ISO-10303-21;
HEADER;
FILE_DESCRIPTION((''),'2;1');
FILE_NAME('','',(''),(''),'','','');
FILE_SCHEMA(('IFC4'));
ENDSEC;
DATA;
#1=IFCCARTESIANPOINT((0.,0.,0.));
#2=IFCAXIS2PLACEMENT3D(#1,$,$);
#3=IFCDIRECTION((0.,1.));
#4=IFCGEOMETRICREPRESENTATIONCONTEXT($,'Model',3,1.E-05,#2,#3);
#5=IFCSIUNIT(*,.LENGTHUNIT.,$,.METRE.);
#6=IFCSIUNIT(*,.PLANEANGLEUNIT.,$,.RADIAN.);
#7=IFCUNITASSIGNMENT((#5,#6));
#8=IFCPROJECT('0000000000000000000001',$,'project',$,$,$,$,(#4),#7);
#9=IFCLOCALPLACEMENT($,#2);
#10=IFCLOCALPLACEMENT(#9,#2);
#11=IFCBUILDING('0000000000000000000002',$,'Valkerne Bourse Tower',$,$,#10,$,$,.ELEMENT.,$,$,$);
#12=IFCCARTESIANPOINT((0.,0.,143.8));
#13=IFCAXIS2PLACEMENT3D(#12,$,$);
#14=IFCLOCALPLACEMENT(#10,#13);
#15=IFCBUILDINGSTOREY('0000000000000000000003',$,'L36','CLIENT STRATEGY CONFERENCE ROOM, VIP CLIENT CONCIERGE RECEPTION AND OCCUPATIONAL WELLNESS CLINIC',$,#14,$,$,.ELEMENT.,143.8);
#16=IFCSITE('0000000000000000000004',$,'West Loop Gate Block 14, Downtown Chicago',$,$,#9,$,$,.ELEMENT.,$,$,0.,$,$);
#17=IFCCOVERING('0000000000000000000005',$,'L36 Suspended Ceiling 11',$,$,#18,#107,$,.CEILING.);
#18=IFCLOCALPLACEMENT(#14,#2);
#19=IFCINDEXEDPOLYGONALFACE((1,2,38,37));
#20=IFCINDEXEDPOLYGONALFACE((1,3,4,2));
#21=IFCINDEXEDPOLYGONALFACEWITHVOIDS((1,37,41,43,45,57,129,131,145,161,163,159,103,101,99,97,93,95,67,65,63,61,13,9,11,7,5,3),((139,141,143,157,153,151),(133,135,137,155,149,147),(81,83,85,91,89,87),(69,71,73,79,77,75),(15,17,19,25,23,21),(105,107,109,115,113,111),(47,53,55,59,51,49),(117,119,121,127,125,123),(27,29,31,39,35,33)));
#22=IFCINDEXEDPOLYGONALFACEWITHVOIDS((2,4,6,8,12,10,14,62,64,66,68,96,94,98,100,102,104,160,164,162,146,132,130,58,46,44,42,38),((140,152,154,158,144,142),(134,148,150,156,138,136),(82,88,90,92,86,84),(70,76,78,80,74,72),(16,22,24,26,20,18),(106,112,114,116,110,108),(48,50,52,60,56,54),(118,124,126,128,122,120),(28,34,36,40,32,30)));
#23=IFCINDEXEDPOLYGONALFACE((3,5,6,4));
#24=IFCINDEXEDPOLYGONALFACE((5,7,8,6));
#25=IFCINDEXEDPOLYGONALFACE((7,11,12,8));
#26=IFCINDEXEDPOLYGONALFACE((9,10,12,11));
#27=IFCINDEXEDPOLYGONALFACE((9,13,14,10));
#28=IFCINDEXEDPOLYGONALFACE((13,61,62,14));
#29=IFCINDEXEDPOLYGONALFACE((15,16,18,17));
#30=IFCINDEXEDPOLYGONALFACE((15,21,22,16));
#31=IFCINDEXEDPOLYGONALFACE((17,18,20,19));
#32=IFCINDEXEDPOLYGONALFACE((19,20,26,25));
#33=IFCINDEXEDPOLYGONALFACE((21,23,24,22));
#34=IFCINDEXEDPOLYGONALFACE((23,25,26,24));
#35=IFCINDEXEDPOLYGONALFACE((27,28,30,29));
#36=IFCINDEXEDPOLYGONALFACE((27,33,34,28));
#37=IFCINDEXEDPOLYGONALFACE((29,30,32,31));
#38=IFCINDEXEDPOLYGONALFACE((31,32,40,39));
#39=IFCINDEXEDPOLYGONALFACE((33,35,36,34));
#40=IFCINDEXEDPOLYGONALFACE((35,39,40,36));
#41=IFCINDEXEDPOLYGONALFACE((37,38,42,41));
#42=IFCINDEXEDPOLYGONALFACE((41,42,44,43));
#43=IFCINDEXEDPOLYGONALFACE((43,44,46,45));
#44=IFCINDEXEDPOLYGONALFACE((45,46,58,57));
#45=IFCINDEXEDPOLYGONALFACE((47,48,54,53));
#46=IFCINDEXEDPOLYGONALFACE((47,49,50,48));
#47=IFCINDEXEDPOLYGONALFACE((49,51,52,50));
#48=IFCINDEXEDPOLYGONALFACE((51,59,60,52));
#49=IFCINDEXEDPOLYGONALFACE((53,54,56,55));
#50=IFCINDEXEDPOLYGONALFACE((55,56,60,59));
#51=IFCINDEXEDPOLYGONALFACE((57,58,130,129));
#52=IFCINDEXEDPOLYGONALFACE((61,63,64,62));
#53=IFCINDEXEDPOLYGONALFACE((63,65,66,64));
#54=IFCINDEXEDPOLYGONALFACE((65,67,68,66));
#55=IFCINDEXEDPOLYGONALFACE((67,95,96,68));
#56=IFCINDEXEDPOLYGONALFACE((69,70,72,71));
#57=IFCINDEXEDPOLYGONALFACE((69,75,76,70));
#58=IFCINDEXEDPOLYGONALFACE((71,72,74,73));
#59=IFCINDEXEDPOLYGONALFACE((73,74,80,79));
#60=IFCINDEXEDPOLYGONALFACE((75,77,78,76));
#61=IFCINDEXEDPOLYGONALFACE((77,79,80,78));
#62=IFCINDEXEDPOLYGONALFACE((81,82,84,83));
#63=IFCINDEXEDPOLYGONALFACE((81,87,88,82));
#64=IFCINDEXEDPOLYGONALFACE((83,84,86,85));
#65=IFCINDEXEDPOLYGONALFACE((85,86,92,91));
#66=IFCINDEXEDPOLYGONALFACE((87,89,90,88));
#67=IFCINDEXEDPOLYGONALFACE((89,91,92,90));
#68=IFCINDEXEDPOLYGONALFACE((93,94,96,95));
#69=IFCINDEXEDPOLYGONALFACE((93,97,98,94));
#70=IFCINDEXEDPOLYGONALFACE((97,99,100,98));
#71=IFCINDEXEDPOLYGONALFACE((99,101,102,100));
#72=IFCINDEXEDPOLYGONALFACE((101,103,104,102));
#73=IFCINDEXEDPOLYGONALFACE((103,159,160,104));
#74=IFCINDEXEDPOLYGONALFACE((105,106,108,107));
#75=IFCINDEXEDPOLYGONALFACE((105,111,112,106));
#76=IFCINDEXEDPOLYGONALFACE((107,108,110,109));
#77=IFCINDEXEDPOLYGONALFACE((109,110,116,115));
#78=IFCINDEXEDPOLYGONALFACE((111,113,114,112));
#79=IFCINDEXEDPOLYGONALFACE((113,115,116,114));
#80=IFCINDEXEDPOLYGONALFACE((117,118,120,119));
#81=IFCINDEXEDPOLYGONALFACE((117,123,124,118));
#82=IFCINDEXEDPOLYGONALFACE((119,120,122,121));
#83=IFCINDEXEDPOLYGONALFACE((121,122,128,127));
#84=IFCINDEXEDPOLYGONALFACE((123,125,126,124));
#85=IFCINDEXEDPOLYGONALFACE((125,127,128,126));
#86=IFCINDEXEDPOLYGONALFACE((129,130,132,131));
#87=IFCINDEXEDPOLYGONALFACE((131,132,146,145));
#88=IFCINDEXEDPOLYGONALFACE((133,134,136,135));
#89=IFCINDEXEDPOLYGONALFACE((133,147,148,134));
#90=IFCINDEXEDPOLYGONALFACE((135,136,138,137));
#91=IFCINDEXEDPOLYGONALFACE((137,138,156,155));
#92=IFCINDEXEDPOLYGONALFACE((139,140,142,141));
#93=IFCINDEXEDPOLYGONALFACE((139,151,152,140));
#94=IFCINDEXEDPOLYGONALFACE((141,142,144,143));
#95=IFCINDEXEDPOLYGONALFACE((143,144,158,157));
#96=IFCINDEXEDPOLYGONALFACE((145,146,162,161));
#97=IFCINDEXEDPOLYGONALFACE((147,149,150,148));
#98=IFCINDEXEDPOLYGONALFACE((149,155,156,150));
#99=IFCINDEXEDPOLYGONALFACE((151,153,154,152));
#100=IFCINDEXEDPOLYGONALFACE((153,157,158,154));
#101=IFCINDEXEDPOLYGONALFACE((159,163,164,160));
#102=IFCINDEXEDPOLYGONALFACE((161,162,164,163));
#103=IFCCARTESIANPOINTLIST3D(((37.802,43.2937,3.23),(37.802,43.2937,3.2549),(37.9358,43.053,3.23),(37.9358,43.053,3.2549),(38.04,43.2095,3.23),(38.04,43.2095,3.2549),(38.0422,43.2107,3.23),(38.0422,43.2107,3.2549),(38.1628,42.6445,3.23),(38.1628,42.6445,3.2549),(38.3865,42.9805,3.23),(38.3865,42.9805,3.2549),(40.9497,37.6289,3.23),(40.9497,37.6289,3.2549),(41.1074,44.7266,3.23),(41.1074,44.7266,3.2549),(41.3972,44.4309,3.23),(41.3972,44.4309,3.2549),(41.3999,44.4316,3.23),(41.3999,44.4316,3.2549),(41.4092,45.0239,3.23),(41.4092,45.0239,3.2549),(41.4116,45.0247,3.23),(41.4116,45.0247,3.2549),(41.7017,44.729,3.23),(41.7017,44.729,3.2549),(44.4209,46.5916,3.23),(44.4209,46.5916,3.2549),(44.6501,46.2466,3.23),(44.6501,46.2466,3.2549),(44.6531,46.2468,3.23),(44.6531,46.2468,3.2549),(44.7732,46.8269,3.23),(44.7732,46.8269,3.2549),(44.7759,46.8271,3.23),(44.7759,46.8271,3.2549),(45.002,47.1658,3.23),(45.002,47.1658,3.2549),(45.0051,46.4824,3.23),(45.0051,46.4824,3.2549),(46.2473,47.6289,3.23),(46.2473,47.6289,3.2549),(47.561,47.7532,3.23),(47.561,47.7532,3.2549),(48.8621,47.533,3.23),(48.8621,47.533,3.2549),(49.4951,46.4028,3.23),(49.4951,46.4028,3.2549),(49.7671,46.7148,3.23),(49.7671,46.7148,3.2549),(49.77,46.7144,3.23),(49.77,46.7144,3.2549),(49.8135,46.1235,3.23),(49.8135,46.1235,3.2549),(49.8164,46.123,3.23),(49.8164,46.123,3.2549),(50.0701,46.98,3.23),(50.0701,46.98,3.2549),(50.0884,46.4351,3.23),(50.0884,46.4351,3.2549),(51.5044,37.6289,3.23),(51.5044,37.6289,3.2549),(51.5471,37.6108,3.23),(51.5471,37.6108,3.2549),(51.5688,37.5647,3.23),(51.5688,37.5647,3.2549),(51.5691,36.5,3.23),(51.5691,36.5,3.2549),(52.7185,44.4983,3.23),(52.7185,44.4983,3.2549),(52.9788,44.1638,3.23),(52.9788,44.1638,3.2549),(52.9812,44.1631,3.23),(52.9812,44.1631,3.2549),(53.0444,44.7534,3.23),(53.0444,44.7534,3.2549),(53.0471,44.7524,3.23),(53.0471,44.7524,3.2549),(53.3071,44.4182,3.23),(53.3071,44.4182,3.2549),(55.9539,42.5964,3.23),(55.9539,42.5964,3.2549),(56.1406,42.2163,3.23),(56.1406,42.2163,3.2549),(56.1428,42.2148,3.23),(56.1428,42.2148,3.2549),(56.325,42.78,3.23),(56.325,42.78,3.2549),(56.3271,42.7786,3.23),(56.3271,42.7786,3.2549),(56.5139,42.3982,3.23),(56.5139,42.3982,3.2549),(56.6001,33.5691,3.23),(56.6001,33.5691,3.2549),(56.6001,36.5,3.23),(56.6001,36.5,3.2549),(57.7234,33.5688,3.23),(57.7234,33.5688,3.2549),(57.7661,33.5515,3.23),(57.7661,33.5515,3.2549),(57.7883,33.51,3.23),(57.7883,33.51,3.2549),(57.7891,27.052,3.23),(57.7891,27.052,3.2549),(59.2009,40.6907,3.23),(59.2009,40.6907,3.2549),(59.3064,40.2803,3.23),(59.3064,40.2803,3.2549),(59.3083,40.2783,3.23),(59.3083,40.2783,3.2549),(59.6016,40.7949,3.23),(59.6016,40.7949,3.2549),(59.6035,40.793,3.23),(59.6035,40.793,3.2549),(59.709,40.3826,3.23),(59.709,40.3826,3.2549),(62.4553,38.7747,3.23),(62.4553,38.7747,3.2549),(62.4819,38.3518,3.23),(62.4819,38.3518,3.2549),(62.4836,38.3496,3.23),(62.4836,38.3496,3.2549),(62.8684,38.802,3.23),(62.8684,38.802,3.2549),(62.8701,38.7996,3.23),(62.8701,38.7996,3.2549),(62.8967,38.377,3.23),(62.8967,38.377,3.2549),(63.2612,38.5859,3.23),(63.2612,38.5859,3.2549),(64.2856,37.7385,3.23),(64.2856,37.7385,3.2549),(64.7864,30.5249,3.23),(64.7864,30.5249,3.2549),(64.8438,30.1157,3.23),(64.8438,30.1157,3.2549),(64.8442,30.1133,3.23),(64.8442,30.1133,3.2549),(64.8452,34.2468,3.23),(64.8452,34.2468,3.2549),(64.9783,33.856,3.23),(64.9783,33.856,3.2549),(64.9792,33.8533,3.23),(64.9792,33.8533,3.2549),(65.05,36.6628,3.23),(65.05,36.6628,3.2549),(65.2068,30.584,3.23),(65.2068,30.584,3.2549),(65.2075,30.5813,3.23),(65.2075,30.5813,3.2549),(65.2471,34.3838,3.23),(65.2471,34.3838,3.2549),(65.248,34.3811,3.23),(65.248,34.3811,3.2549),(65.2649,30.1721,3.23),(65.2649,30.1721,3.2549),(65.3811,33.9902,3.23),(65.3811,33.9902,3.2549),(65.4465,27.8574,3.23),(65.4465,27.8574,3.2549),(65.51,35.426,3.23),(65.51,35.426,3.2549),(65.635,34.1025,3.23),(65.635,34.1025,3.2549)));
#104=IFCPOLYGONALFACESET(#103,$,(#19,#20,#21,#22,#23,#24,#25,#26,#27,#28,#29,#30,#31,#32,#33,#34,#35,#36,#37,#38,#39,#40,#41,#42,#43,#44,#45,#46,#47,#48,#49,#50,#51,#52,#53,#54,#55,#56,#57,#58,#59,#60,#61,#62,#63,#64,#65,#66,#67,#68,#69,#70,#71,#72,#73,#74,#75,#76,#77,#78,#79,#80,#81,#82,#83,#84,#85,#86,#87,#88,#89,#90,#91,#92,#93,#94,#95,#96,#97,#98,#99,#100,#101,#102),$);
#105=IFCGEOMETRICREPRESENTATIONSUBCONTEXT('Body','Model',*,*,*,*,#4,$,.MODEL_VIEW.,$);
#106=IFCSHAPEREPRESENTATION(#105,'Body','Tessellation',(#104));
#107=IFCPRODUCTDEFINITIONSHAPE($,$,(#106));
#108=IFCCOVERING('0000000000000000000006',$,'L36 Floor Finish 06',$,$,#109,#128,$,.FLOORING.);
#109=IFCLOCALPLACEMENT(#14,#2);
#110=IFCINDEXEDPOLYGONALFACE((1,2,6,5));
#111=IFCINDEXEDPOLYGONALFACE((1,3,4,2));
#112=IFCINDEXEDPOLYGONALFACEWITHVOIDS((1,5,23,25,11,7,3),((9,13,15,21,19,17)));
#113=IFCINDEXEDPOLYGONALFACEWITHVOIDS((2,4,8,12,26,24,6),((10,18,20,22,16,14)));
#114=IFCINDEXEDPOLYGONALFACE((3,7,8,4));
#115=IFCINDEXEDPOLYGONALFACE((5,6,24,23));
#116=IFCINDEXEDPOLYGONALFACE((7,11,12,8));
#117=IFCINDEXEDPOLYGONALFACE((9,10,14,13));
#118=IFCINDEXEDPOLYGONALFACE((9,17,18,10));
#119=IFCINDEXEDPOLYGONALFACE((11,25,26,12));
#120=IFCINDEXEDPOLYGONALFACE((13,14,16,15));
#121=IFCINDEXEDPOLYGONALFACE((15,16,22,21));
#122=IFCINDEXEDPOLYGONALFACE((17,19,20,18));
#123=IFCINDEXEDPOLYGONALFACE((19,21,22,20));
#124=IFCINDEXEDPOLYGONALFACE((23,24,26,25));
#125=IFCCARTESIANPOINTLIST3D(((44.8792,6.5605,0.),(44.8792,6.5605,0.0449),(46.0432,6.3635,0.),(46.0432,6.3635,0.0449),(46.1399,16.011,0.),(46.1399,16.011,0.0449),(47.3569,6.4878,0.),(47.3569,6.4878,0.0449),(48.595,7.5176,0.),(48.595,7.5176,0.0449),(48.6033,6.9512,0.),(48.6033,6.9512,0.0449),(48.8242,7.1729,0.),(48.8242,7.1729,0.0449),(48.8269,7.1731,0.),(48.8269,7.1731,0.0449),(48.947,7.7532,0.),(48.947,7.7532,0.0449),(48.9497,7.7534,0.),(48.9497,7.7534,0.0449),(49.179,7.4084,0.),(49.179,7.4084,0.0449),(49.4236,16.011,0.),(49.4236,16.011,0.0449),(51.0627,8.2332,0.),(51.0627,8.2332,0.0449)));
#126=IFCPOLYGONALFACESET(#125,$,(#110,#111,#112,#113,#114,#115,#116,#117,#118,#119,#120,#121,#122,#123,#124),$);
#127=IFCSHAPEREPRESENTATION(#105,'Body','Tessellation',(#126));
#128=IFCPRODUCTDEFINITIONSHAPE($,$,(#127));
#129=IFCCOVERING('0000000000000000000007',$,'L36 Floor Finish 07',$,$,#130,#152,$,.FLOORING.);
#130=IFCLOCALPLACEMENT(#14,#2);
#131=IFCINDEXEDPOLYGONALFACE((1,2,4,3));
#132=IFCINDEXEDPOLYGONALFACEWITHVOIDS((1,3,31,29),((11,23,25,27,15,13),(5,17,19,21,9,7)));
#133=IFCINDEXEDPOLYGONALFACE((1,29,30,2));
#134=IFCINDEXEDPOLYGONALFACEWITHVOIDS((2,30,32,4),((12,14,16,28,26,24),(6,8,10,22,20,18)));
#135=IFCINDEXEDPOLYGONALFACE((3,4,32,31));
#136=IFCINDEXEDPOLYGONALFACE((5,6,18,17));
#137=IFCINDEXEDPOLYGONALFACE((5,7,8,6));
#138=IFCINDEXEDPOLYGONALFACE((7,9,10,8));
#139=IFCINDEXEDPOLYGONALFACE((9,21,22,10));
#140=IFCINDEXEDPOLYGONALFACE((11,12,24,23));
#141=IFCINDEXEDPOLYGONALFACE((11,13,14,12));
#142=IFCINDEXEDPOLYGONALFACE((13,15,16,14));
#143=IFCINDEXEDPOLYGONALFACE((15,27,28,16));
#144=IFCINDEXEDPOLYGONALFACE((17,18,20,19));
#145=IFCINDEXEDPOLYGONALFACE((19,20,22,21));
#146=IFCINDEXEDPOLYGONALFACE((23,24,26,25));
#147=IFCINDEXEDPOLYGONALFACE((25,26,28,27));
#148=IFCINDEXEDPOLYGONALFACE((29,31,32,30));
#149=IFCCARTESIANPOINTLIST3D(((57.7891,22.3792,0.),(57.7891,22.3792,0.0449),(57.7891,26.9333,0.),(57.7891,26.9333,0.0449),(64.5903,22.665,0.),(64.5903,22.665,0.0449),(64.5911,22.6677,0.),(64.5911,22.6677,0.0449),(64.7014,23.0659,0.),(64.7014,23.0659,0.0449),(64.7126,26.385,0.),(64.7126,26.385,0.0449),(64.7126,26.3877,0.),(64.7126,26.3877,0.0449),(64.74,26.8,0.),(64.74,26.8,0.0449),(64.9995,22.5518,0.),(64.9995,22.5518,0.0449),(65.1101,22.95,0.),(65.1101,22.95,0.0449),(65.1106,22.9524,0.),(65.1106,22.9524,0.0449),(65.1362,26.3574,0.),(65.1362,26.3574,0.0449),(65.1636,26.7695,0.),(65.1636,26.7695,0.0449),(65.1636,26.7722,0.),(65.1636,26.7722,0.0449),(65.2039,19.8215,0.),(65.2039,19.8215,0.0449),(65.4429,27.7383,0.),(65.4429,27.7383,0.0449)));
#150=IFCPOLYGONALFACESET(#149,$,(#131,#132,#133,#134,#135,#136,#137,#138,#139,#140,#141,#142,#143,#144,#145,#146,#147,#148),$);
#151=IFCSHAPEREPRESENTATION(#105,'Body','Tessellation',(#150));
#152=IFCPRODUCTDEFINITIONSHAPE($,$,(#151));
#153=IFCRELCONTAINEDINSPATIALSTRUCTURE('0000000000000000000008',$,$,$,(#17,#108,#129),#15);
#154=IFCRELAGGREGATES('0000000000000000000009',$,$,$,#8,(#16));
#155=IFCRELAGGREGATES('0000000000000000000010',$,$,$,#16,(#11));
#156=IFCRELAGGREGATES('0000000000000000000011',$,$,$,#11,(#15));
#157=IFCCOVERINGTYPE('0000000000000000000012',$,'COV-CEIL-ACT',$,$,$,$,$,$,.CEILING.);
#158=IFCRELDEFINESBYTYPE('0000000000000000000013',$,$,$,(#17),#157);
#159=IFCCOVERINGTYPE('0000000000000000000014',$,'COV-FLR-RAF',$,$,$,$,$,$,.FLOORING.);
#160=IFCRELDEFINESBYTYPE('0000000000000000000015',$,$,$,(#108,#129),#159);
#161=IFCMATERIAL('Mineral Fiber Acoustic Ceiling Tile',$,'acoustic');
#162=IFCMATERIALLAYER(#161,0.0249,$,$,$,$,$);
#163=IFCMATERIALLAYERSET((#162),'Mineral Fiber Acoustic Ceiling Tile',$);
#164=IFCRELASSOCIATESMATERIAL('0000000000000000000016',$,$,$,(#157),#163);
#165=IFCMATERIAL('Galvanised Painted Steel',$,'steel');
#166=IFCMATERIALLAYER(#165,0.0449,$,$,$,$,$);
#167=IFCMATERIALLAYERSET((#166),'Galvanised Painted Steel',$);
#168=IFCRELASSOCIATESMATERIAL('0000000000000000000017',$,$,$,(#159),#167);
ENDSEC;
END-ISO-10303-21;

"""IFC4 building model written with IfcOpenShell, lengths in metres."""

from ifc_helpers import new_model, si_unit, direction, frame, origin, place, context, subcontext, project, spatial, polyline, outline, extrude, material, layer, layer_set, type_object, element, save


model = new_model("IFC4")

# Units and contexts
model_context = context("Model", 3, precision=1e-05, world=origin(), true_north=direction((0.0, 1.0)))
body_context = subcontext(model_context, "Body", "Model", "MODEL_VIEW")
ifc_project = project(units=[si_unit("LENGTHUNIT", "METRE"), si_unit("PLANEANGLEUNIT", "RADIAN")], contexts=[model_context])

# Site, building, storey
site_placement = place(None, origin())
site = spatial("IfcSite", under=ifc_project, at=site_placement, Name="West Loop Gate Block 14, Downtown Chicago", CompositionType="ELEMENT", RefElevation=0.0)
building_placement = place(site_placement, origin())
building = spatial("IfcBuilding", under=site, at=building_placement, Name="Valkerne Bourse Tower", CompositionType="ELEMENT")
storey_placement = place(building_placement, frame((0.0, 0.0, 143.8)))
storey = spatial("IfcBuildingStorey", under=building, at=storey_placement, Name="L36", Description="CLIENT STRATEGY CONFERENCE ROOM, VIP CLIENT CONCIERGE RECEPTION AND OCCUPATIONAL WELLNESS CLINIC", CompositionType="ELEMENT", Elevation=143.8)

# Coverings
ifc_material_1 = material(Name="Mineral Fiber Acoustic Ceiling Tile", Category="acoustic")
ifc_layer_1 = layer(ifc_material_1, 0.0249)
ifc_layer_set_1 = layer_set([ifc_layer_1], Name="Mineral Fiber Acoustic Ceiling Tile")
covering_type_1 = type_object("IfcCoveringType", Name="COV-CEIL-ACT", PredefinedType="CEILING", material=ifc_layer_set_1)
covering_1_placement = place(storey_placement, frame((0.0, 0.0, 3.23)))
element("IfcCovering", 1, at=covering_1_placement, inside=storey, type_object=covering_type_1, Name="L36 Suspended Ceiling 11", PredefinedType="CEILING", context=body_context, shape_type="SweptSolid", body=[
    extrude(outline(polyline([(47.561, 47.7532), (48.8621, 47.533), (50.0701, 46.98), (63.2612, 38.5859), (64.2856, 37.7385), (65.05, 36.6628), (65.51, 35.426), (65.635, 34.1025), (65.4465, 27.8574), (57.7891, 27.052), (57.7883, 33.51), (57.7661, 33.5515), (57.7234, 33.5688), (56.6001, 33.5691), (56.6001, 36.5), (51.5691, 36.5), (51.5688, 37.5647), (51.5471, 37.6108), (51.5044, 37.6289), (40.9497, 37.6289), (38.1628, 42.6445), (38.3865, 42.9805), (38.0422, 43.2107), (38.04, 43.2095), (37.9358, 43.053), (37.802, 43.2937), (45.002, 47.1658), (46.2473, 47.6289), (47.561, 47.7532)]), holes=[polyline([(53.3071, 44.4182), (53.0471, 44.7524), (53.0444, 44.7534), (52.7185, 44.4983), (52.9788, 44.1638), (52.9812, 44.1631), (53.3071, 44.4182)]), polyline([(41.7017, 44.729), (41.4116, 45.0247), (41.4092, 45.0239), (41.1074, 44.7266), (41.3972, 44.4309), (41.3999, 44.4316), (41.7017, 44.729)]), polyline([(49.77, 46.7144), (49.7671, 46.7148), (49.4951, 46.4028), (49.8135, 46.1235), (49.8164, 46.123), (50.0884, 46.4351), (49.77, 46.7144)]), polyline([(45.0051, 46.4824), (44.7759, 46.8271), (44.7732, 46.8269), (44.4209, 46.5916), (44.6501, 46.2466), (44.6531, 46.2468), (45.0051, 46.4824)]), polyline([(65.2649, 30.1721), (65.2075, 30.5813), (65.2068, 30.584), (64.7864, 30.5249), (64.8438, 30.1157), (64.8442, 30.1133), (65.2649, 30.1721)]), polyline([(65.3811, 33.9902), (65.248, 34.3811), (65.2471, 34.3838), (64.8452, 34.2468), (64.9783, 33.856), (64.9792, 33.8533), (65.3811, 33.9902)]), polyline([(62.8967, 38.377), (62.8701, 38.7996), (62.8684, 38.802), (62.4553, 38.7747), (62.4819, 38.3518), (62.4836, 38.3496), (62.8967, 38.377)]), polyline([(59.6035, 40.793), (59.6016, 40.7949), (59.2009, 40.6907), (59.3064, 40.2803), (59.3083, 40.2783), (59.709, 40.3826), (59.6035, 40.793)]), polyline([(56.5139, 42.3982), (56.3271, 42.7786), (56.325, 42.78), (55.9539, 42.5964), (56.1406, 42.2163), (56.1428, 42.2148), (56.5139, 42.3982)])]), origin(), (0.0, 0.0, 1.0), 0.0249),
])
ifc_material_2 = material(Name="Galvanised Painted Steel", Category="steel")
ifc_layer_2 = layer(ifc_material_2, 0.0449)
ifc_layer_set_2 = layer_set([ifc_layer_2], Name="Galvanised Painted Steel")
covering_type_2 = type_object("IfcCoveringType", Name="COV-FLR-RAF", PredefinedType="FLOORING", material=ifc_layer_set_2)
covering_2_placement = place(storey_placement, origin())
element("IfcCovering", 2, at=covering_2_placement, inside=storey, type_object=covering_type_2, Name="L36 Floor Finish 06", PredefinedType="FLOORING", context=body_context, shape_type="SweptSolid", body=[
    extrude(outline(polyline([(46.0432, 6.3635), (44.8792, 6.5605), (46.1399, 16.011), (49.4236, 16.011), (51.0627, 8.2332), (48.6033, 6.9512), (47.3569, 6.4878), (46.0432, 6.3635)]), holes=[polyline([(48.8269, 7.1731), (49.179, 7.4084), (48.9497, 7.7534), (48.947, 7.7532), (48.595, 7.5176), (48.8242, 7.1729), (48.8269, 7.1731)])]), origin(), (0.0, 0.0, 1.0), 0.0449),
])
covering_3_placement = place(storey_placement, origin())
element("IfcCovering", 3, at=covering_3_placement, inside=storey, type_object=covering_type_2, Name="L36 Floor Finish 07", PredefinedType="FLOORING", context=body_context, shape_type="SweptSolid", body=[
    extrude(outline(polyline([(57.7891, 26.9333), (65.4429, 27.7383), (65.2039, 19.8215), (57.7891, 22.3792), (57.7891, 26.9333)]), holes=[polyline([(65.1106, 22.9524), (64.7014, 23.0659), (64.5911, 22.6677), (64.5903, 22.665), (64.9995, 22.5518), (65.1101, 22.95), (65.1106, 22.9524)]), polyline([(65.1636, 26.7695), (65.1636, 26.7722), (64.74, 26.8), (64.7126, 26.3877), (64.7126, 26.385), (65.1362, 26.3574), (65.1636, 26.7695)])]), origin(), (0.0, 0.0, 1.0), 0.0449),
])

save(model, "model.ifc")
